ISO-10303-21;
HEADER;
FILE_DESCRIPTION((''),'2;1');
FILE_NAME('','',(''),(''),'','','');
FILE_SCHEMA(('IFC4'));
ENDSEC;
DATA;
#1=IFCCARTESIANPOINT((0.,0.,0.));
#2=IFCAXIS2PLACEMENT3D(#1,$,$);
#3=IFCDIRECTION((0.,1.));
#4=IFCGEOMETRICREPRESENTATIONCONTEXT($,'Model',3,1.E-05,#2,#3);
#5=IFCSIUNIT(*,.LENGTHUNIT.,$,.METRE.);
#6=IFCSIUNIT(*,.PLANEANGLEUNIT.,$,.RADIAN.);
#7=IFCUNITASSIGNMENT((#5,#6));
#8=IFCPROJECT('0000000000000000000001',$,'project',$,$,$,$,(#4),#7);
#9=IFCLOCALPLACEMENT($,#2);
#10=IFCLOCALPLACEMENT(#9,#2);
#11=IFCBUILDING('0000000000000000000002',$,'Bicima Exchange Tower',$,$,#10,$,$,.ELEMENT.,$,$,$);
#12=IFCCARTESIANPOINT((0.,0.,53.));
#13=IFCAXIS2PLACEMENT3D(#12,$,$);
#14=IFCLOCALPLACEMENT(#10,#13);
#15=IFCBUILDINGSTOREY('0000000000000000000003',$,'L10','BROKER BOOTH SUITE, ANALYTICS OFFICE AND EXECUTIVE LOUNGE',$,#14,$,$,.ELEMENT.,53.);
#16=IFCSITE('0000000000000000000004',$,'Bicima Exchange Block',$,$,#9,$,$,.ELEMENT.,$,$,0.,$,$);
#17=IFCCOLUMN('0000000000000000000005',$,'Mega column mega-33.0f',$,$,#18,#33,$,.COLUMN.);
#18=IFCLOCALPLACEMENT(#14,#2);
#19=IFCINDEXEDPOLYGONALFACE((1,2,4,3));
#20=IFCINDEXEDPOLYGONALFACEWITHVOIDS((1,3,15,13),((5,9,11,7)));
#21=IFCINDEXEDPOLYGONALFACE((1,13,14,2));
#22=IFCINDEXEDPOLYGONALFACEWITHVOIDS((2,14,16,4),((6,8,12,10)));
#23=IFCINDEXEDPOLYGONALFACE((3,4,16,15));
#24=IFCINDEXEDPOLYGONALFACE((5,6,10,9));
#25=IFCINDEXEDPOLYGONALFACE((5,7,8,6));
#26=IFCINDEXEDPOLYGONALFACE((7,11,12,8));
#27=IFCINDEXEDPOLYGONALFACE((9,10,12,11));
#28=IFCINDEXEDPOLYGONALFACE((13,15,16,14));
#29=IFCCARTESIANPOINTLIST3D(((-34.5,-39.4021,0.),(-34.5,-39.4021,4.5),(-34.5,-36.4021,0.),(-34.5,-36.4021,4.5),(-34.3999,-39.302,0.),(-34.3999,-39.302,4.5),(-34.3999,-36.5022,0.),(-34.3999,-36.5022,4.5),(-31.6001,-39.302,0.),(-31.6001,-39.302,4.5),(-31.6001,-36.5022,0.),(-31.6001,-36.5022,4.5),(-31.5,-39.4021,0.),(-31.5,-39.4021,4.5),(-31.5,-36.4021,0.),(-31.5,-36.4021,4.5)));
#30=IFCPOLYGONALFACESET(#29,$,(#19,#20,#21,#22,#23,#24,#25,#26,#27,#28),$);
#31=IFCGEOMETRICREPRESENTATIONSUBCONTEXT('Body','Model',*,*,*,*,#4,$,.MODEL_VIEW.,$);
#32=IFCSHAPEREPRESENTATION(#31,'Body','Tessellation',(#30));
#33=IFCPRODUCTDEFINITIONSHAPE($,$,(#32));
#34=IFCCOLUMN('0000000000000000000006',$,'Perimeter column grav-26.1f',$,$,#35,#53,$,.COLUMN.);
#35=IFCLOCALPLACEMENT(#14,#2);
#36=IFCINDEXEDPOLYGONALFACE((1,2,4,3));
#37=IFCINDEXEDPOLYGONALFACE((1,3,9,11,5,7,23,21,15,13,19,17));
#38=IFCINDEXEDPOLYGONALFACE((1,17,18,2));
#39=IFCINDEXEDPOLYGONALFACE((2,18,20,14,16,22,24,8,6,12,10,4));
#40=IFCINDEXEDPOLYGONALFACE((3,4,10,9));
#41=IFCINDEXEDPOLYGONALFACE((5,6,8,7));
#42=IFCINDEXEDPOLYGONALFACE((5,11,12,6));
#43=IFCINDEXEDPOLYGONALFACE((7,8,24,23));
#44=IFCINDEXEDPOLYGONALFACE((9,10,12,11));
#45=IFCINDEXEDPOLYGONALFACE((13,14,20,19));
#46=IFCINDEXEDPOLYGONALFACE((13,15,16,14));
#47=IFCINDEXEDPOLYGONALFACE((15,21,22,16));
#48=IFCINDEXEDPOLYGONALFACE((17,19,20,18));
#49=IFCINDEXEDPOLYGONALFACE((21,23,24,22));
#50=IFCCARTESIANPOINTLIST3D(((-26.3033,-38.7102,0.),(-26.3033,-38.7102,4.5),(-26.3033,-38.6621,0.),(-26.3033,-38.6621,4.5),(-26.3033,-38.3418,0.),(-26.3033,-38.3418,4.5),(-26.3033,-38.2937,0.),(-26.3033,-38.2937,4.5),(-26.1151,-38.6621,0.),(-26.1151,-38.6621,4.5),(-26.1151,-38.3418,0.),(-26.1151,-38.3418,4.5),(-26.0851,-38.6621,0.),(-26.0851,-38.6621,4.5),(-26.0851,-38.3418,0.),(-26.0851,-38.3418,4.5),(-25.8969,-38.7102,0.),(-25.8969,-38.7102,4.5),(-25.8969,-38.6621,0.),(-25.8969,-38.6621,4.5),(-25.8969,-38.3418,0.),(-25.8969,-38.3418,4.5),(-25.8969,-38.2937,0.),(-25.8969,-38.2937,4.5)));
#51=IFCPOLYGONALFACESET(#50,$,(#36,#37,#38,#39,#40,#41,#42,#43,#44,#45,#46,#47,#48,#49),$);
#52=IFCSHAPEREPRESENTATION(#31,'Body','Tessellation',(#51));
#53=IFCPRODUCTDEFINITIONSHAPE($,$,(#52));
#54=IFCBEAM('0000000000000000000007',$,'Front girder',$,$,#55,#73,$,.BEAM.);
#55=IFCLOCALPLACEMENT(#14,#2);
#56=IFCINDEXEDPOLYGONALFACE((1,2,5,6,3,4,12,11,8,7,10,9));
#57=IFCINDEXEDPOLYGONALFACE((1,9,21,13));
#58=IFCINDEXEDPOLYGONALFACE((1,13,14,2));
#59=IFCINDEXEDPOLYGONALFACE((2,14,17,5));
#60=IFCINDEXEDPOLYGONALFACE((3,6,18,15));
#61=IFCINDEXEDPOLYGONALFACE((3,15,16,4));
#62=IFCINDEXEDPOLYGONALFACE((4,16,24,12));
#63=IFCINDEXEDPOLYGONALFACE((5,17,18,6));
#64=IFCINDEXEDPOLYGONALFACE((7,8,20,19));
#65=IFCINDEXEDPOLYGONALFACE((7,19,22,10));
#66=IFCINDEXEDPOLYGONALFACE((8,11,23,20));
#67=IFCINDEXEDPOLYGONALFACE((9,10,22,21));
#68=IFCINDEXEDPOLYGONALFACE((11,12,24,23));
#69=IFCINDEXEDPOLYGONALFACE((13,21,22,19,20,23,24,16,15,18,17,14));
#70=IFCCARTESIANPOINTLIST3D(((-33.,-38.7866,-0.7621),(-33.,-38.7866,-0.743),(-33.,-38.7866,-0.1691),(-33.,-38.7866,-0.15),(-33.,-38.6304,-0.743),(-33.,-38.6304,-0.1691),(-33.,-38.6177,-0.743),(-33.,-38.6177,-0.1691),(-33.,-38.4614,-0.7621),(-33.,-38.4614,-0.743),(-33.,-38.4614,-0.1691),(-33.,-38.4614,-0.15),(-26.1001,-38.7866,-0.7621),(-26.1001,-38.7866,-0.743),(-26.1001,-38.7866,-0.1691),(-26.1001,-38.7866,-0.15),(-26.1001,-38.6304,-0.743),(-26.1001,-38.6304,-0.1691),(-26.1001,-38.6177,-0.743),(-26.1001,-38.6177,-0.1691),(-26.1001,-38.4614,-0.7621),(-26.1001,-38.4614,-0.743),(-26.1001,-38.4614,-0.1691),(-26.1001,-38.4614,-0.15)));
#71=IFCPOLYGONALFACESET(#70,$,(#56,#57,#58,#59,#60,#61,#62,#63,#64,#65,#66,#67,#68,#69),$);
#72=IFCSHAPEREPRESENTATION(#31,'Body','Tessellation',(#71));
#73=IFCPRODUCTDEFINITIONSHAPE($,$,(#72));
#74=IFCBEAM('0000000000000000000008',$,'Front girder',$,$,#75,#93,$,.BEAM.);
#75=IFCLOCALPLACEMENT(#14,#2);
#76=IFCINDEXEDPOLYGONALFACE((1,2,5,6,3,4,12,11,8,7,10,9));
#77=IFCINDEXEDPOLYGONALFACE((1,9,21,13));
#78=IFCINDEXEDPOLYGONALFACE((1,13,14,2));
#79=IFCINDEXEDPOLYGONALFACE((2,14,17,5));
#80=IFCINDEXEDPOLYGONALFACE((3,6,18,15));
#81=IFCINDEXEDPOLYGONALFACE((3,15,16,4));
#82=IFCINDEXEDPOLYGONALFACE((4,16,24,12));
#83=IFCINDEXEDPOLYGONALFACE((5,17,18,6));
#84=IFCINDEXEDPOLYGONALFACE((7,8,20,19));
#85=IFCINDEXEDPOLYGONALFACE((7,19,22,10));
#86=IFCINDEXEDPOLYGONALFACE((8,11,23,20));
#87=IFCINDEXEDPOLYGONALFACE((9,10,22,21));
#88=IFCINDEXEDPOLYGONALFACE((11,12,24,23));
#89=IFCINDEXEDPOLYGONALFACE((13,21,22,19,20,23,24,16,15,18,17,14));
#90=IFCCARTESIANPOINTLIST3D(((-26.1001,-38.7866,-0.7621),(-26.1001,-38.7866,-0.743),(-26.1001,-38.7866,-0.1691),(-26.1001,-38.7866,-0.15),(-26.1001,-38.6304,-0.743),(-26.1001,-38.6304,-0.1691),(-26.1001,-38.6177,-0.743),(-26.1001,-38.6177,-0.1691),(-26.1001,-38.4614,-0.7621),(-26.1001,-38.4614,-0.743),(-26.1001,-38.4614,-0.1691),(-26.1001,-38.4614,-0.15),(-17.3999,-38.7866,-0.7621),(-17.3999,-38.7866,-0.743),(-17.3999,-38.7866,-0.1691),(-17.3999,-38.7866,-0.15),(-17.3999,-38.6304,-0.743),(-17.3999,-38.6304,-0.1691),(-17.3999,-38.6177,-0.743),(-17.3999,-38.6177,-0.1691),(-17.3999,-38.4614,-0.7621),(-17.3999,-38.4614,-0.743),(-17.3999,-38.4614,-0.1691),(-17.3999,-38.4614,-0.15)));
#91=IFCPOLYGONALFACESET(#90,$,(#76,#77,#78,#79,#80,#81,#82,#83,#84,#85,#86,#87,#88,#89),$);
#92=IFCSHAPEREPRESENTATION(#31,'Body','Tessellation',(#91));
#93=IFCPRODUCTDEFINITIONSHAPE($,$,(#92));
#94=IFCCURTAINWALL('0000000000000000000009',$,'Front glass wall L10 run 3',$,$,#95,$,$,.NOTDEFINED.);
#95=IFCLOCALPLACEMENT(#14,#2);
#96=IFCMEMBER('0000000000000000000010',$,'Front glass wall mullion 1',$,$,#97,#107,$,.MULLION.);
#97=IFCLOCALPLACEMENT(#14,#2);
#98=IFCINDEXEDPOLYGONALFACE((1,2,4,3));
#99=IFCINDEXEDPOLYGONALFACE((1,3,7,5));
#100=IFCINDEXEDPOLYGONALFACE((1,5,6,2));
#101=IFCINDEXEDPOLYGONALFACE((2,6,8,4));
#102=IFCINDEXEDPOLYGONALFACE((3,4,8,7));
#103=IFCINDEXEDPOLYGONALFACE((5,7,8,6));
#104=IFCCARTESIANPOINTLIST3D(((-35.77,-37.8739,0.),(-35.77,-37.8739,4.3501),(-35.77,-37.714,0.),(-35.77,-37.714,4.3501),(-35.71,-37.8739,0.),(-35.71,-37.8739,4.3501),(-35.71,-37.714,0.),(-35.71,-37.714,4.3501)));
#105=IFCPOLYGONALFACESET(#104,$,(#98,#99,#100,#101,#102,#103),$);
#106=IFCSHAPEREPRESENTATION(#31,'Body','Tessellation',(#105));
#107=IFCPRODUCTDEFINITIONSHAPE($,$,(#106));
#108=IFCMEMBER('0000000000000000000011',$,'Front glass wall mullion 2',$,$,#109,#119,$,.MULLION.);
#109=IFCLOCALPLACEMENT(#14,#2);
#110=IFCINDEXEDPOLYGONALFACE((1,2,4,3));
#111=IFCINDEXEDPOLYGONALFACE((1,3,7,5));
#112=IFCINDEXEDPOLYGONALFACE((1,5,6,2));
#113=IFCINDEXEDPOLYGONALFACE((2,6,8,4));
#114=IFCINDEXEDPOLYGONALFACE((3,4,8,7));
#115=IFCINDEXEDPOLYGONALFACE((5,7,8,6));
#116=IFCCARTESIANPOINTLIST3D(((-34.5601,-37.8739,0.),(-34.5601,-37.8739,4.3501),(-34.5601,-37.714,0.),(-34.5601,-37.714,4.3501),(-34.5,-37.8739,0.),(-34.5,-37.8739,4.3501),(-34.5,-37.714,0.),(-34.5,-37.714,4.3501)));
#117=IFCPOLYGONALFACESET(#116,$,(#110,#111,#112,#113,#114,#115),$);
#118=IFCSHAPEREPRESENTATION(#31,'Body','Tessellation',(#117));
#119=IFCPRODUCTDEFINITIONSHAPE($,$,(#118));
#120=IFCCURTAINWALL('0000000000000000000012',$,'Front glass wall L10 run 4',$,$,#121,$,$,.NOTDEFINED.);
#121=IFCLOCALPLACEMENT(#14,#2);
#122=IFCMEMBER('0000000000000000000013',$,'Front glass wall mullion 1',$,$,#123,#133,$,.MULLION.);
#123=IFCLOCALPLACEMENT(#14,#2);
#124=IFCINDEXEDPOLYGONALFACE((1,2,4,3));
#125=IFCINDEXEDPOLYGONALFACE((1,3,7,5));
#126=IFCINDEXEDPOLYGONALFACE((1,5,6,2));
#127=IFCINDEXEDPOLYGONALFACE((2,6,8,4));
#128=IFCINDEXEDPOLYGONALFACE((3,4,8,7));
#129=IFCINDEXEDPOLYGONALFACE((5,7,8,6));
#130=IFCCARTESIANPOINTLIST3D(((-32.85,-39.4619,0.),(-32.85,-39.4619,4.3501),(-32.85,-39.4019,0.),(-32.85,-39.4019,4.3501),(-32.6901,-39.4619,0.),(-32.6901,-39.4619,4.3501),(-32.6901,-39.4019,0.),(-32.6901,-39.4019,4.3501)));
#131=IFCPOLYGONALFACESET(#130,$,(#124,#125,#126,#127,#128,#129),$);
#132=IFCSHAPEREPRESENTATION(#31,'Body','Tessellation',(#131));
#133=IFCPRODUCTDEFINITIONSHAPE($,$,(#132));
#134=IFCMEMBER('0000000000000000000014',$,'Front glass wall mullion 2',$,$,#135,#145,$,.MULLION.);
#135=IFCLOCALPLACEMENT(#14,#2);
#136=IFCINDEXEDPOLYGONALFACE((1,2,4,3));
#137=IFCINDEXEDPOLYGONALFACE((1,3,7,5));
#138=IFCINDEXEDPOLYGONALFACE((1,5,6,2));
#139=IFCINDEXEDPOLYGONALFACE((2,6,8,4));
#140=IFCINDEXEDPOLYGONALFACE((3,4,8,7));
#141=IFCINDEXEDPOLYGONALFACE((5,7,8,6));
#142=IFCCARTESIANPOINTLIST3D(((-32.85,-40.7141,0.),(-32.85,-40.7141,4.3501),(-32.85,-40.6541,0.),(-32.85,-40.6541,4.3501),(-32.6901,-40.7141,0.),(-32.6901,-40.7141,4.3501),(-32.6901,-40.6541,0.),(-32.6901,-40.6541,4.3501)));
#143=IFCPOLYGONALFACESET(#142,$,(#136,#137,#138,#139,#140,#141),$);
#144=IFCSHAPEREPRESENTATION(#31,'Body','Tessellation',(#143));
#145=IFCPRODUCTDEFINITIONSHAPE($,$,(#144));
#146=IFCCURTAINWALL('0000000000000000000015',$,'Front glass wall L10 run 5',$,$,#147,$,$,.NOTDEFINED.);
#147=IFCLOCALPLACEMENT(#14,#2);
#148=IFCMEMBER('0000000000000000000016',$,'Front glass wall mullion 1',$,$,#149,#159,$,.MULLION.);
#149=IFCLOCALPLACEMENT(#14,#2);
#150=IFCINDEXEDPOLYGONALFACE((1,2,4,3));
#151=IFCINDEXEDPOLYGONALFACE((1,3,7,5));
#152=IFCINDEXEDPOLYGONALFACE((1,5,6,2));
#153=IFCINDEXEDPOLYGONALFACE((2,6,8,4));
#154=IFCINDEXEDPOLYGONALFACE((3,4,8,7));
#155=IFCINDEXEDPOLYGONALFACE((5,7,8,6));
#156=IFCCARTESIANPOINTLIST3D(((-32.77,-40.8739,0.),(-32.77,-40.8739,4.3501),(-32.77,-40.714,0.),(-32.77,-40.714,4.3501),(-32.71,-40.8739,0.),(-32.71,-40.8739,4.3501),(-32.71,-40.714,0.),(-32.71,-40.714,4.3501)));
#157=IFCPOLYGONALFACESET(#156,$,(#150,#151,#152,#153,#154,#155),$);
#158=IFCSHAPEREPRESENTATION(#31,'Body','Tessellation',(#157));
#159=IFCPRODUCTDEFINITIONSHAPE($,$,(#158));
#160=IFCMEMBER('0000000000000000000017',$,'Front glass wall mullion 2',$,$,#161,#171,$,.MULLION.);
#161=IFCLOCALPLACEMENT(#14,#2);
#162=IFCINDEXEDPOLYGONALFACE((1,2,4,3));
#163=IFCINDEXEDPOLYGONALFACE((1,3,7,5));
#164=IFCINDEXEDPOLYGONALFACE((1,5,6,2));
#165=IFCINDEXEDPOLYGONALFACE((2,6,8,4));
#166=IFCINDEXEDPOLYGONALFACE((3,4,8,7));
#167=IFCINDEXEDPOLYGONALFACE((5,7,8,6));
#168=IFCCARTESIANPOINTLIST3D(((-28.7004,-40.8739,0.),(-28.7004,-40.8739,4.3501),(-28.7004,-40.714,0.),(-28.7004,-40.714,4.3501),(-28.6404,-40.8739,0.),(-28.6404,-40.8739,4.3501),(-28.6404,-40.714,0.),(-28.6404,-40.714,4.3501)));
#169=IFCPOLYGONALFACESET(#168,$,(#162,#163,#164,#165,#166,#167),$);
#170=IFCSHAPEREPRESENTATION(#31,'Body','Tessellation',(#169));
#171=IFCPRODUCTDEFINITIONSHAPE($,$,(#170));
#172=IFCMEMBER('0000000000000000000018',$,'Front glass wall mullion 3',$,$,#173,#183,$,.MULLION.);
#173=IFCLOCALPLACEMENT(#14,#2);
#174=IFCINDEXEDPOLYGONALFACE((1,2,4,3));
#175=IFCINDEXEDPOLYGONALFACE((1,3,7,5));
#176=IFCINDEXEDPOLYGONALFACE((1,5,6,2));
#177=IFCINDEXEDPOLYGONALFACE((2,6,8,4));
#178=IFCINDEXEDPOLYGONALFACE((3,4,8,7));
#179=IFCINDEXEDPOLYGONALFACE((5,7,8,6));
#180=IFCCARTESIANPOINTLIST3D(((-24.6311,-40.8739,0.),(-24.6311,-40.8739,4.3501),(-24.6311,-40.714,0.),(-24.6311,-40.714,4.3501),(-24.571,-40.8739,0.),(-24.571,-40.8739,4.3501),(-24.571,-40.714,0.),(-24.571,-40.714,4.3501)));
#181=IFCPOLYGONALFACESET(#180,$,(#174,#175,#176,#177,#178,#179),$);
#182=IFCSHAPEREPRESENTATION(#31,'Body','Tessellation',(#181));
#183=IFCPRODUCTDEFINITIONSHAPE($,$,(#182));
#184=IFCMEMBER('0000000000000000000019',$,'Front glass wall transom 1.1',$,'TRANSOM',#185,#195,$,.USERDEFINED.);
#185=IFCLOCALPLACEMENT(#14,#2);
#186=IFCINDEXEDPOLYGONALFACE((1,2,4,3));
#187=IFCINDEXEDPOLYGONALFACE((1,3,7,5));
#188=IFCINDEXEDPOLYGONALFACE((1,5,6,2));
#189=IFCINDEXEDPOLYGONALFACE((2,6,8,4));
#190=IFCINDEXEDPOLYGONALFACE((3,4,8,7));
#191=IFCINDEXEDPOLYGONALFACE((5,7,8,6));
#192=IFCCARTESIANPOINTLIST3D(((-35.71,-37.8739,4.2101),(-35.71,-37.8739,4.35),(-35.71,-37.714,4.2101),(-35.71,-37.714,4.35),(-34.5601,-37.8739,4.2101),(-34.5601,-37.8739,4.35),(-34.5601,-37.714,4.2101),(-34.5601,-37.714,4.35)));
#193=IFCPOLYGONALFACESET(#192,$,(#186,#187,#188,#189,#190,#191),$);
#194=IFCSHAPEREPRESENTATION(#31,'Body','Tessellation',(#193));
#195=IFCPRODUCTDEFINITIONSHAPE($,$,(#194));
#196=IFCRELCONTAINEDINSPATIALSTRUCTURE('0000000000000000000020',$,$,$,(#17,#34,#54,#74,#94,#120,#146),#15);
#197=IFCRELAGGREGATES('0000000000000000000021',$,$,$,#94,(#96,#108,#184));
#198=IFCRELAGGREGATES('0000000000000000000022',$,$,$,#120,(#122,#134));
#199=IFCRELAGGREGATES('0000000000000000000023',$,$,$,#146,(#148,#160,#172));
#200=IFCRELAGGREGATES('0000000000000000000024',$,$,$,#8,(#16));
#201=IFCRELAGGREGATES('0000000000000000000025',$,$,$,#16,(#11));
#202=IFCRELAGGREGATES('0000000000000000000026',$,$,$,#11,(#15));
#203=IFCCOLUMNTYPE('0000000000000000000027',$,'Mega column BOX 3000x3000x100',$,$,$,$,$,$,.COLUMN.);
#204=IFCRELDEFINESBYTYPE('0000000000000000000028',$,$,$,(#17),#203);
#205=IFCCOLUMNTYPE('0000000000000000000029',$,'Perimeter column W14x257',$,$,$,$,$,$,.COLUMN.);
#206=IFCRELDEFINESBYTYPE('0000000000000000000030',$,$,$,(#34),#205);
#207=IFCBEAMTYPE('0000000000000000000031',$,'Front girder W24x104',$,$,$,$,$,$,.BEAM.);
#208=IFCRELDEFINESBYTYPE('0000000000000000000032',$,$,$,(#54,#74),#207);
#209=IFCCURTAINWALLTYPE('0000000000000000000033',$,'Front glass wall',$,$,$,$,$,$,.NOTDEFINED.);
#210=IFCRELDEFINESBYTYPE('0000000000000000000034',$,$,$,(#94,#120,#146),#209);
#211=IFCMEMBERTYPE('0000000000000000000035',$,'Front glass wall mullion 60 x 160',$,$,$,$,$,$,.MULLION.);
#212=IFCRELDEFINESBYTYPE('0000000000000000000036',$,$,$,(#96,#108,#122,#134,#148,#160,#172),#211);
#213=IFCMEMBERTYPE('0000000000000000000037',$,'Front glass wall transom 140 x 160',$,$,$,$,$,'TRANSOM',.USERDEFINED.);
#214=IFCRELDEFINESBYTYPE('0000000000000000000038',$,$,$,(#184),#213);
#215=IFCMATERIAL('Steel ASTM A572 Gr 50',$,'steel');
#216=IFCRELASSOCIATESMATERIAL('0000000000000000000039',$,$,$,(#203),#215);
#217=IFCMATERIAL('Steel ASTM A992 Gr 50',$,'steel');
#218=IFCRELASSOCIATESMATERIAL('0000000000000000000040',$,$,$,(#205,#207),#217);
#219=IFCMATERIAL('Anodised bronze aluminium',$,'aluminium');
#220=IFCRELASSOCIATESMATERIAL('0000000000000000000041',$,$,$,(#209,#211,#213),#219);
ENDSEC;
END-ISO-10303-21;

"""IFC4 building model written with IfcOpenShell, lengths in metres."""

from ifc_helpers import new_model, si_unit, direction, frame, origin, origin_2d, place, context, subcontext, project, spatial, rectangle, hollow_rectangle, i_section, extrude, material, material_profile, profile_set, type_object, element, aggregate, save


model = new_model("IFC4")

# Units and contexts
model_context = context("Model", 3, precision=1e-05, world=origin(), true_north=direction((0.0, 1.0)))
body_context = subcontext(model_context, "Body", "Model", "MODEL_VIEW")
ifc_project = project(units=[si_unit("LENGTHUNIT", "METRE"), si_unit("PLANEANGLEUNIT", "RADIAN")], contexts=[model_context])

# Site, building, storey
site_placement = place(None, origin())
site = spatial("IfcSite", under=ifc_project, at=site_placement, Name="Bicima Exchange Block", CompositionType="ELEMENT", RefElevation=0.0)
building_placement = place(site_placement, origin())
building = spatial("IfcBuilding", under=site, at=building_placement, Name="Bicima Exchange Tower", CompositionType="ELEMENT")
storey_placement = place(building_placement, frame((0.0, 0.0, 53.0)))
storey = spatial("IfcBuildingStorey", under=building, at=storey_placement, Name="L10", Description="BROKER BOOTH SUITE, ANALYTICS OFFICE AND EXECUTIVE LOUNGE", CompositionType="ELEMENT", Elevation=53.0)

# Columns
ifc_material_1 = material(Name="Steel ASTM A572 Gr 50", Category="steel")
ifc_material_profile_1 = material_profile(ifc_material_1, hollow_rectangle(XDim=3.0, YDim=3.0, WallThickness=0.1001, at=origin_2d()))
ifc_profile_set_1 = profile_set([ifc_material_profile_1], Name="Steel ASTM A572 Gr 50")
column_type_1 = type_object("IfcColumnType", Name="Mega column BOX 3000x3000x100", PredefinedType="COLUMN", material=ifc_profile_set_1)
column_1_placement = place(storey_placement, frame((-33.0, -37.9021, 0.0), z_axis=(0.0, 0.0, 1.0), x_axis=(1.0, 0.0, 0.0)))
element("IfcColumn", 1, at=column_1_placement, inside=storey, type_object=column_type_1, Name="Mega column mega-33.0f", PredefinedType="COLUMN", context=body_context, shape_type="SweptSolid", body=[
    extrude(hollow_rectangle(XDim=3.0, YDim=3.0, WallThickness=0.1001, at=origin_2d()), origin(), (0.0, 0.0, 1.0), 4.5),
])
ifc_material_2 = material(Name="Steel ASTM A992 Gr 50", Category="steel")
ifc_material_profile_2 = material_profile(ifc_material_2, i_section(OverallWidth=0.4065, OverallDepth=0.4165, WebThickness=0.03, FlangeThickness=0.0481, at=origin_2d()))
ifc_profile_set_2 = profile_set([ifc_material_profile_2], Name="Steel ASTM A992 Gr 50")
column_type_2 = type_object("IfcColumnType", Name="Perimeter column W14x257", PredefinedType="COLUMN", material=ifc_profile_set_2)
column_2_placement = place(storey_placement, frame((-26.1001, -38.502, 0.0), z_axis=(0.0, 0.0, 1.0), x_axis=(1.0, 0.0, 0.0)))
element("IfcColumn", 2, at=column_2_placement, inside=storey, type_object=column_type_2, Name="Perimeter column grav-26.1f", PredefinedType="COLUMN", context=body_context, shape_type="SweptSolid", body=[
    extrude(i_section(OverallWidth=0.4065, OverallDepth=0.4165, WebThickness=0.03, FlangeThickness=0.0481, at=origin_2d()), origin(), (0.0, 0.0, 1.0), 4.5),
])

# Beams
ifc_material_profile_3 = material_profile(ifc_material_2, i_section(OverallWidth=0.3252, OverallDepth=0.6121, WebThickness=0.0127, FlangeThickness=0.019, at=origin_2d()))
ifc_profile_set_3 = profile_set([ifc_material_profile_3], Name="Steel ASTM A992 Gr 50")
beam_type = type_object("IfcBeamType", Name="Front girder W24x104", PredefinedType="BEAM", material=ifc_profile_set_3)
beam_1_placement = place(storey_placement, frame((-33.0, -38.624, -0.4561), z_axis=(1.0, 0.0, 0.0), x_axis=(0.0, 1.0, 0.0)))
element("IfcBeam", 3, at=beam_1_placement, inside=storey, type_object=beam_type, Name="Front girder", PredefinedType="BEAM", context=body_context, shape_type="SweptSolid", body=[
    extrude(i_section(OverallWidth=0.3252, OverallDepth=0.6121, WebThickness=0.0127, FlangeThickness=0.019, at=origin_2d()), origin(), (0.0, 0.0, 1.0), 6.8999),
])
beam_2_placement = place(storey_placement, frame((-26.1001, -38.624, -0.4561), z_axis=(1.0, 0.0, 0.0), x_axis=(0.0, 1.0, 0.0)))
element("IfcBeam", 4, at=beam_2_placement, inside=storey, type_object=beam_type, Name="Front girder", PredefinedType="BEAM", context=body_context, shape_type="SweptSolid", body=[
    extrude(i_section(OverallWidth=0.3252, OverallDepth=0.6121, WebThickness=0.0127, FlangeThickness=0.019, at=origin_2d()), origin(), (0.0, 0.0, 1.0), 8.7002),
])

# Curtain walls, members
ifc_material_3 = material(Name="Anodised bronze aluminium", Category="aluminium")
curtain_wall_type = type_object("IfcCurtainWallType", Name="Front glass wall", PredefinedType="NOTDEFINED", material=ifc_material_3)
curtain_wall_1_placement = place(storey_placement, origin())
curtain_wall_1 = element("IfcCurtainWall", 5, at=curtain_wall_1_placement, inside=storey, type_object=curtain_wall_type, Name="Front glass wall L10 run 3", PredefinedType="NOTDEFINED")
ifc_material_profile_4 = material_profile(ifc_material_3, rectangle(XDim=0.1599, YDim=0.0601, at=origin_2d()))
ifc_profile_set_4 = profile_set([ifc_material_profile_4], Name="Anodised bronze aluminium")
member_type_1 = type_object("IfcMemberType", Name="Front glass wall mullion 60 x 160", PredefinedType="MULLION", material=ifc_profile_set_4)
member_1_placement = place(storey_placement, frame((-35.74, -37.7939, 0.0), z_axis=(0.0, 0.0, 1.0), x_axis=(0.0, 1.0, 0.0)))
member_1 = element("IfcMember", 6, at=member_1_placement, type_object=member_type_1, Name="Front glass wall mullion 1", PredefinedType="MULLION", context=body_context, shape_type="SweptSolid", body=[
    extrude(rectangle(XDim=0.1599, YDim=0.0601, at=origin_2d()), origin(), (0.0, 0.0, 1.0), 4.3501),
])
member_2_placement = place(storey_placement, frame((-34.53, -37.7939, 0.0), z_axis=(0.0, 0.0, 1.0), x_axis=(0.0, 1.0, 0.0)))
member_2 = element("IfcMember", 7, at=member_2_placement, type_object=member_type_1, Name="Front glass wall mullion 2", PredefinedType="MULLION", context=body_context, shape_type="SweptSolid", body=[
    extrude(rectangle(XDim=0.1599, YDim=0.0601, at=origin_2d()), origin(), (0.0, 0.0, 1.0), 4.3501),
])
curtain_wall_2_placement = place(storey_placement, origin())
curtain_wall_2 = element("IfcCurtainWall", 8, at=curtain_wall_2_placement, inside=storey, type_object=curtain_wall_type, Name="Front glass wall L10 run 4", PredefinedType="NOTDEFINED")
member_3_placement = place(storey_placement, frame((-32.77, -39.4319, 0.0), z_axis=(0.0, 0.0, 1.0), x_axis=(1.0, 0.0, 0.0)))
member_3 = element("IfcMember", 9, at=member_3_placement, type_object=member_type_1, Name="Front glass wall mullion 1", PredefinedType="MULLION", context=body_context, shape_type="SweptSolid", body=[
    extrude(rectangle(XDim=0.1599, YDim=0.0601, at=origin_2d()), origin(), (0.0, 0.0, 1.0), 4.3501),
])
member_4_placement = place(storey_placement, frame((-32.77, -40.6841, 0.0), z_axis=(0.0, 0.0, 1.0), x_axis=(1.0, 0.0, 0.0)))
member_4 = element("IfcMember", 10, at=member_4_placement, type_object=member_type_1, Name="Front glass wall mullion 2", PredefinedType="MULLION", context=body_context, shape_type="SweptSolid", body=[
    extrude(rectangle(XDim=0.1599, YDim=0.0601, at=origin_2d()), origin(), (0.0, 0.0, 1.0), 4.3501),
])
curtain_wall_3_placement = place(storey_placement, origin())
curtain_wall_3 = element("IfcCurtainWall", 11, at=curtain_wall_3_placement, inside=storey, type_object=curtain_wall_type, Name="Front glass wall L10 run 5", PredefinedType="NOTDEFINED")
member_5_placement = place(storey_placement, frame((-32.74, -40.7939, 0.0), z_axis=(0.0, 0.0, 1.0), x_axis=(0.0, 1.0, 0.0)))
member_5 = element("IfcMember", 12, at=member_5_placement, type_object=member_type_1, Name="Front glass wall mullion 1", PredefinedType="MULLION", context=body_context, shape_type="SweptSolid", body=[
    extrude(rectangle(XDim=0.1599, YDim=0.0601, at=origin_2d()), origin(), (0.0, 0.0, 1.0), 4.3501),
])
member_6_placement = place(storey_placement, frame((-28.6704, -40.7939, 0.0), z_axis=(0.0, 0.0, 1.0), x_axis=(0.0, 1.0, 0.0)))
member_6 = element("IfcMember", 13, at=member_6_placement, type_object=member_type_1, Name="Front glass wall mullion 2", PredefinedType="MULLION", context=body_context, shape_type="SweptSolid", body=[
    extrude(rectangle(XDim=0.1599, YDim=0.0601, at=origin_2d()), origin(), (0.0, 0.0, 1.0), 4.3501),
])
member_7_placement = place(storey_placement, frame((-24.6011, -40.7939, 0.0), z_axis=(0.0, 0.0, 1.0), x_axis=(0.0, 1.0, 0.0)))
member_7 = element("IfcMember", 14, at=member_7_placement, type_object=member_type_1, Name="Front glass wall mullion 3", PredefinedType="MULLION", context=body_context, shape_type="SweptSolid", body=[
    extrude(rectangle(XDim=0.1599, YDim=0.0601, at=origin_2d()), origin(), (0.0, 0.0, 1.0), 4.3501),
])

# Member
ifc_material_profile_5 = material_profile(ifc_material_3, rectangle(XDim=0.1599, YDim=0.1399, at=origin_2d()))
ifc_profile_set_5 = profile_set([ifc_material_profile_5], Name="Anodised bronze aluminium")
member_type_2 = type_object("IfcMemberType", Name="Front glass wall transom 140 x 160", ElementType="TRANSOM", PredefinedType="USERDEFINED", material=ifc_profile_set_5)
member_8_placement = place(storey_placement, frame((-35.71, -37.7939, 4.28), z_axis=(1.0, 0.0, 0.0), x_axis=(0.0, 1.0, 0.0)))
member_8 = element("IfcMember", 15, at=member_8_placement, type_object=member_type_2, Name="Front glass wall transom 1.1", ObjectType="TRANSOM", PredefinedType="USERDEFINED", context=body_context, shape_type="SweptSolid", body=[
    extrude(rectangle(XDim=0.1599, YDim=0.1399, at=origin_2d()), origin(), (0.0, 0.0, 1.0), 1.1499),
])

aggregate(curtain_wall_1, [member_1, member_2, member_8])
aggregate(curtain_wall_2, [member_3, member_4])
aggregate(curtain_wall_3, [member_5, member_6, member_7])

save(model, "model.ifc")
